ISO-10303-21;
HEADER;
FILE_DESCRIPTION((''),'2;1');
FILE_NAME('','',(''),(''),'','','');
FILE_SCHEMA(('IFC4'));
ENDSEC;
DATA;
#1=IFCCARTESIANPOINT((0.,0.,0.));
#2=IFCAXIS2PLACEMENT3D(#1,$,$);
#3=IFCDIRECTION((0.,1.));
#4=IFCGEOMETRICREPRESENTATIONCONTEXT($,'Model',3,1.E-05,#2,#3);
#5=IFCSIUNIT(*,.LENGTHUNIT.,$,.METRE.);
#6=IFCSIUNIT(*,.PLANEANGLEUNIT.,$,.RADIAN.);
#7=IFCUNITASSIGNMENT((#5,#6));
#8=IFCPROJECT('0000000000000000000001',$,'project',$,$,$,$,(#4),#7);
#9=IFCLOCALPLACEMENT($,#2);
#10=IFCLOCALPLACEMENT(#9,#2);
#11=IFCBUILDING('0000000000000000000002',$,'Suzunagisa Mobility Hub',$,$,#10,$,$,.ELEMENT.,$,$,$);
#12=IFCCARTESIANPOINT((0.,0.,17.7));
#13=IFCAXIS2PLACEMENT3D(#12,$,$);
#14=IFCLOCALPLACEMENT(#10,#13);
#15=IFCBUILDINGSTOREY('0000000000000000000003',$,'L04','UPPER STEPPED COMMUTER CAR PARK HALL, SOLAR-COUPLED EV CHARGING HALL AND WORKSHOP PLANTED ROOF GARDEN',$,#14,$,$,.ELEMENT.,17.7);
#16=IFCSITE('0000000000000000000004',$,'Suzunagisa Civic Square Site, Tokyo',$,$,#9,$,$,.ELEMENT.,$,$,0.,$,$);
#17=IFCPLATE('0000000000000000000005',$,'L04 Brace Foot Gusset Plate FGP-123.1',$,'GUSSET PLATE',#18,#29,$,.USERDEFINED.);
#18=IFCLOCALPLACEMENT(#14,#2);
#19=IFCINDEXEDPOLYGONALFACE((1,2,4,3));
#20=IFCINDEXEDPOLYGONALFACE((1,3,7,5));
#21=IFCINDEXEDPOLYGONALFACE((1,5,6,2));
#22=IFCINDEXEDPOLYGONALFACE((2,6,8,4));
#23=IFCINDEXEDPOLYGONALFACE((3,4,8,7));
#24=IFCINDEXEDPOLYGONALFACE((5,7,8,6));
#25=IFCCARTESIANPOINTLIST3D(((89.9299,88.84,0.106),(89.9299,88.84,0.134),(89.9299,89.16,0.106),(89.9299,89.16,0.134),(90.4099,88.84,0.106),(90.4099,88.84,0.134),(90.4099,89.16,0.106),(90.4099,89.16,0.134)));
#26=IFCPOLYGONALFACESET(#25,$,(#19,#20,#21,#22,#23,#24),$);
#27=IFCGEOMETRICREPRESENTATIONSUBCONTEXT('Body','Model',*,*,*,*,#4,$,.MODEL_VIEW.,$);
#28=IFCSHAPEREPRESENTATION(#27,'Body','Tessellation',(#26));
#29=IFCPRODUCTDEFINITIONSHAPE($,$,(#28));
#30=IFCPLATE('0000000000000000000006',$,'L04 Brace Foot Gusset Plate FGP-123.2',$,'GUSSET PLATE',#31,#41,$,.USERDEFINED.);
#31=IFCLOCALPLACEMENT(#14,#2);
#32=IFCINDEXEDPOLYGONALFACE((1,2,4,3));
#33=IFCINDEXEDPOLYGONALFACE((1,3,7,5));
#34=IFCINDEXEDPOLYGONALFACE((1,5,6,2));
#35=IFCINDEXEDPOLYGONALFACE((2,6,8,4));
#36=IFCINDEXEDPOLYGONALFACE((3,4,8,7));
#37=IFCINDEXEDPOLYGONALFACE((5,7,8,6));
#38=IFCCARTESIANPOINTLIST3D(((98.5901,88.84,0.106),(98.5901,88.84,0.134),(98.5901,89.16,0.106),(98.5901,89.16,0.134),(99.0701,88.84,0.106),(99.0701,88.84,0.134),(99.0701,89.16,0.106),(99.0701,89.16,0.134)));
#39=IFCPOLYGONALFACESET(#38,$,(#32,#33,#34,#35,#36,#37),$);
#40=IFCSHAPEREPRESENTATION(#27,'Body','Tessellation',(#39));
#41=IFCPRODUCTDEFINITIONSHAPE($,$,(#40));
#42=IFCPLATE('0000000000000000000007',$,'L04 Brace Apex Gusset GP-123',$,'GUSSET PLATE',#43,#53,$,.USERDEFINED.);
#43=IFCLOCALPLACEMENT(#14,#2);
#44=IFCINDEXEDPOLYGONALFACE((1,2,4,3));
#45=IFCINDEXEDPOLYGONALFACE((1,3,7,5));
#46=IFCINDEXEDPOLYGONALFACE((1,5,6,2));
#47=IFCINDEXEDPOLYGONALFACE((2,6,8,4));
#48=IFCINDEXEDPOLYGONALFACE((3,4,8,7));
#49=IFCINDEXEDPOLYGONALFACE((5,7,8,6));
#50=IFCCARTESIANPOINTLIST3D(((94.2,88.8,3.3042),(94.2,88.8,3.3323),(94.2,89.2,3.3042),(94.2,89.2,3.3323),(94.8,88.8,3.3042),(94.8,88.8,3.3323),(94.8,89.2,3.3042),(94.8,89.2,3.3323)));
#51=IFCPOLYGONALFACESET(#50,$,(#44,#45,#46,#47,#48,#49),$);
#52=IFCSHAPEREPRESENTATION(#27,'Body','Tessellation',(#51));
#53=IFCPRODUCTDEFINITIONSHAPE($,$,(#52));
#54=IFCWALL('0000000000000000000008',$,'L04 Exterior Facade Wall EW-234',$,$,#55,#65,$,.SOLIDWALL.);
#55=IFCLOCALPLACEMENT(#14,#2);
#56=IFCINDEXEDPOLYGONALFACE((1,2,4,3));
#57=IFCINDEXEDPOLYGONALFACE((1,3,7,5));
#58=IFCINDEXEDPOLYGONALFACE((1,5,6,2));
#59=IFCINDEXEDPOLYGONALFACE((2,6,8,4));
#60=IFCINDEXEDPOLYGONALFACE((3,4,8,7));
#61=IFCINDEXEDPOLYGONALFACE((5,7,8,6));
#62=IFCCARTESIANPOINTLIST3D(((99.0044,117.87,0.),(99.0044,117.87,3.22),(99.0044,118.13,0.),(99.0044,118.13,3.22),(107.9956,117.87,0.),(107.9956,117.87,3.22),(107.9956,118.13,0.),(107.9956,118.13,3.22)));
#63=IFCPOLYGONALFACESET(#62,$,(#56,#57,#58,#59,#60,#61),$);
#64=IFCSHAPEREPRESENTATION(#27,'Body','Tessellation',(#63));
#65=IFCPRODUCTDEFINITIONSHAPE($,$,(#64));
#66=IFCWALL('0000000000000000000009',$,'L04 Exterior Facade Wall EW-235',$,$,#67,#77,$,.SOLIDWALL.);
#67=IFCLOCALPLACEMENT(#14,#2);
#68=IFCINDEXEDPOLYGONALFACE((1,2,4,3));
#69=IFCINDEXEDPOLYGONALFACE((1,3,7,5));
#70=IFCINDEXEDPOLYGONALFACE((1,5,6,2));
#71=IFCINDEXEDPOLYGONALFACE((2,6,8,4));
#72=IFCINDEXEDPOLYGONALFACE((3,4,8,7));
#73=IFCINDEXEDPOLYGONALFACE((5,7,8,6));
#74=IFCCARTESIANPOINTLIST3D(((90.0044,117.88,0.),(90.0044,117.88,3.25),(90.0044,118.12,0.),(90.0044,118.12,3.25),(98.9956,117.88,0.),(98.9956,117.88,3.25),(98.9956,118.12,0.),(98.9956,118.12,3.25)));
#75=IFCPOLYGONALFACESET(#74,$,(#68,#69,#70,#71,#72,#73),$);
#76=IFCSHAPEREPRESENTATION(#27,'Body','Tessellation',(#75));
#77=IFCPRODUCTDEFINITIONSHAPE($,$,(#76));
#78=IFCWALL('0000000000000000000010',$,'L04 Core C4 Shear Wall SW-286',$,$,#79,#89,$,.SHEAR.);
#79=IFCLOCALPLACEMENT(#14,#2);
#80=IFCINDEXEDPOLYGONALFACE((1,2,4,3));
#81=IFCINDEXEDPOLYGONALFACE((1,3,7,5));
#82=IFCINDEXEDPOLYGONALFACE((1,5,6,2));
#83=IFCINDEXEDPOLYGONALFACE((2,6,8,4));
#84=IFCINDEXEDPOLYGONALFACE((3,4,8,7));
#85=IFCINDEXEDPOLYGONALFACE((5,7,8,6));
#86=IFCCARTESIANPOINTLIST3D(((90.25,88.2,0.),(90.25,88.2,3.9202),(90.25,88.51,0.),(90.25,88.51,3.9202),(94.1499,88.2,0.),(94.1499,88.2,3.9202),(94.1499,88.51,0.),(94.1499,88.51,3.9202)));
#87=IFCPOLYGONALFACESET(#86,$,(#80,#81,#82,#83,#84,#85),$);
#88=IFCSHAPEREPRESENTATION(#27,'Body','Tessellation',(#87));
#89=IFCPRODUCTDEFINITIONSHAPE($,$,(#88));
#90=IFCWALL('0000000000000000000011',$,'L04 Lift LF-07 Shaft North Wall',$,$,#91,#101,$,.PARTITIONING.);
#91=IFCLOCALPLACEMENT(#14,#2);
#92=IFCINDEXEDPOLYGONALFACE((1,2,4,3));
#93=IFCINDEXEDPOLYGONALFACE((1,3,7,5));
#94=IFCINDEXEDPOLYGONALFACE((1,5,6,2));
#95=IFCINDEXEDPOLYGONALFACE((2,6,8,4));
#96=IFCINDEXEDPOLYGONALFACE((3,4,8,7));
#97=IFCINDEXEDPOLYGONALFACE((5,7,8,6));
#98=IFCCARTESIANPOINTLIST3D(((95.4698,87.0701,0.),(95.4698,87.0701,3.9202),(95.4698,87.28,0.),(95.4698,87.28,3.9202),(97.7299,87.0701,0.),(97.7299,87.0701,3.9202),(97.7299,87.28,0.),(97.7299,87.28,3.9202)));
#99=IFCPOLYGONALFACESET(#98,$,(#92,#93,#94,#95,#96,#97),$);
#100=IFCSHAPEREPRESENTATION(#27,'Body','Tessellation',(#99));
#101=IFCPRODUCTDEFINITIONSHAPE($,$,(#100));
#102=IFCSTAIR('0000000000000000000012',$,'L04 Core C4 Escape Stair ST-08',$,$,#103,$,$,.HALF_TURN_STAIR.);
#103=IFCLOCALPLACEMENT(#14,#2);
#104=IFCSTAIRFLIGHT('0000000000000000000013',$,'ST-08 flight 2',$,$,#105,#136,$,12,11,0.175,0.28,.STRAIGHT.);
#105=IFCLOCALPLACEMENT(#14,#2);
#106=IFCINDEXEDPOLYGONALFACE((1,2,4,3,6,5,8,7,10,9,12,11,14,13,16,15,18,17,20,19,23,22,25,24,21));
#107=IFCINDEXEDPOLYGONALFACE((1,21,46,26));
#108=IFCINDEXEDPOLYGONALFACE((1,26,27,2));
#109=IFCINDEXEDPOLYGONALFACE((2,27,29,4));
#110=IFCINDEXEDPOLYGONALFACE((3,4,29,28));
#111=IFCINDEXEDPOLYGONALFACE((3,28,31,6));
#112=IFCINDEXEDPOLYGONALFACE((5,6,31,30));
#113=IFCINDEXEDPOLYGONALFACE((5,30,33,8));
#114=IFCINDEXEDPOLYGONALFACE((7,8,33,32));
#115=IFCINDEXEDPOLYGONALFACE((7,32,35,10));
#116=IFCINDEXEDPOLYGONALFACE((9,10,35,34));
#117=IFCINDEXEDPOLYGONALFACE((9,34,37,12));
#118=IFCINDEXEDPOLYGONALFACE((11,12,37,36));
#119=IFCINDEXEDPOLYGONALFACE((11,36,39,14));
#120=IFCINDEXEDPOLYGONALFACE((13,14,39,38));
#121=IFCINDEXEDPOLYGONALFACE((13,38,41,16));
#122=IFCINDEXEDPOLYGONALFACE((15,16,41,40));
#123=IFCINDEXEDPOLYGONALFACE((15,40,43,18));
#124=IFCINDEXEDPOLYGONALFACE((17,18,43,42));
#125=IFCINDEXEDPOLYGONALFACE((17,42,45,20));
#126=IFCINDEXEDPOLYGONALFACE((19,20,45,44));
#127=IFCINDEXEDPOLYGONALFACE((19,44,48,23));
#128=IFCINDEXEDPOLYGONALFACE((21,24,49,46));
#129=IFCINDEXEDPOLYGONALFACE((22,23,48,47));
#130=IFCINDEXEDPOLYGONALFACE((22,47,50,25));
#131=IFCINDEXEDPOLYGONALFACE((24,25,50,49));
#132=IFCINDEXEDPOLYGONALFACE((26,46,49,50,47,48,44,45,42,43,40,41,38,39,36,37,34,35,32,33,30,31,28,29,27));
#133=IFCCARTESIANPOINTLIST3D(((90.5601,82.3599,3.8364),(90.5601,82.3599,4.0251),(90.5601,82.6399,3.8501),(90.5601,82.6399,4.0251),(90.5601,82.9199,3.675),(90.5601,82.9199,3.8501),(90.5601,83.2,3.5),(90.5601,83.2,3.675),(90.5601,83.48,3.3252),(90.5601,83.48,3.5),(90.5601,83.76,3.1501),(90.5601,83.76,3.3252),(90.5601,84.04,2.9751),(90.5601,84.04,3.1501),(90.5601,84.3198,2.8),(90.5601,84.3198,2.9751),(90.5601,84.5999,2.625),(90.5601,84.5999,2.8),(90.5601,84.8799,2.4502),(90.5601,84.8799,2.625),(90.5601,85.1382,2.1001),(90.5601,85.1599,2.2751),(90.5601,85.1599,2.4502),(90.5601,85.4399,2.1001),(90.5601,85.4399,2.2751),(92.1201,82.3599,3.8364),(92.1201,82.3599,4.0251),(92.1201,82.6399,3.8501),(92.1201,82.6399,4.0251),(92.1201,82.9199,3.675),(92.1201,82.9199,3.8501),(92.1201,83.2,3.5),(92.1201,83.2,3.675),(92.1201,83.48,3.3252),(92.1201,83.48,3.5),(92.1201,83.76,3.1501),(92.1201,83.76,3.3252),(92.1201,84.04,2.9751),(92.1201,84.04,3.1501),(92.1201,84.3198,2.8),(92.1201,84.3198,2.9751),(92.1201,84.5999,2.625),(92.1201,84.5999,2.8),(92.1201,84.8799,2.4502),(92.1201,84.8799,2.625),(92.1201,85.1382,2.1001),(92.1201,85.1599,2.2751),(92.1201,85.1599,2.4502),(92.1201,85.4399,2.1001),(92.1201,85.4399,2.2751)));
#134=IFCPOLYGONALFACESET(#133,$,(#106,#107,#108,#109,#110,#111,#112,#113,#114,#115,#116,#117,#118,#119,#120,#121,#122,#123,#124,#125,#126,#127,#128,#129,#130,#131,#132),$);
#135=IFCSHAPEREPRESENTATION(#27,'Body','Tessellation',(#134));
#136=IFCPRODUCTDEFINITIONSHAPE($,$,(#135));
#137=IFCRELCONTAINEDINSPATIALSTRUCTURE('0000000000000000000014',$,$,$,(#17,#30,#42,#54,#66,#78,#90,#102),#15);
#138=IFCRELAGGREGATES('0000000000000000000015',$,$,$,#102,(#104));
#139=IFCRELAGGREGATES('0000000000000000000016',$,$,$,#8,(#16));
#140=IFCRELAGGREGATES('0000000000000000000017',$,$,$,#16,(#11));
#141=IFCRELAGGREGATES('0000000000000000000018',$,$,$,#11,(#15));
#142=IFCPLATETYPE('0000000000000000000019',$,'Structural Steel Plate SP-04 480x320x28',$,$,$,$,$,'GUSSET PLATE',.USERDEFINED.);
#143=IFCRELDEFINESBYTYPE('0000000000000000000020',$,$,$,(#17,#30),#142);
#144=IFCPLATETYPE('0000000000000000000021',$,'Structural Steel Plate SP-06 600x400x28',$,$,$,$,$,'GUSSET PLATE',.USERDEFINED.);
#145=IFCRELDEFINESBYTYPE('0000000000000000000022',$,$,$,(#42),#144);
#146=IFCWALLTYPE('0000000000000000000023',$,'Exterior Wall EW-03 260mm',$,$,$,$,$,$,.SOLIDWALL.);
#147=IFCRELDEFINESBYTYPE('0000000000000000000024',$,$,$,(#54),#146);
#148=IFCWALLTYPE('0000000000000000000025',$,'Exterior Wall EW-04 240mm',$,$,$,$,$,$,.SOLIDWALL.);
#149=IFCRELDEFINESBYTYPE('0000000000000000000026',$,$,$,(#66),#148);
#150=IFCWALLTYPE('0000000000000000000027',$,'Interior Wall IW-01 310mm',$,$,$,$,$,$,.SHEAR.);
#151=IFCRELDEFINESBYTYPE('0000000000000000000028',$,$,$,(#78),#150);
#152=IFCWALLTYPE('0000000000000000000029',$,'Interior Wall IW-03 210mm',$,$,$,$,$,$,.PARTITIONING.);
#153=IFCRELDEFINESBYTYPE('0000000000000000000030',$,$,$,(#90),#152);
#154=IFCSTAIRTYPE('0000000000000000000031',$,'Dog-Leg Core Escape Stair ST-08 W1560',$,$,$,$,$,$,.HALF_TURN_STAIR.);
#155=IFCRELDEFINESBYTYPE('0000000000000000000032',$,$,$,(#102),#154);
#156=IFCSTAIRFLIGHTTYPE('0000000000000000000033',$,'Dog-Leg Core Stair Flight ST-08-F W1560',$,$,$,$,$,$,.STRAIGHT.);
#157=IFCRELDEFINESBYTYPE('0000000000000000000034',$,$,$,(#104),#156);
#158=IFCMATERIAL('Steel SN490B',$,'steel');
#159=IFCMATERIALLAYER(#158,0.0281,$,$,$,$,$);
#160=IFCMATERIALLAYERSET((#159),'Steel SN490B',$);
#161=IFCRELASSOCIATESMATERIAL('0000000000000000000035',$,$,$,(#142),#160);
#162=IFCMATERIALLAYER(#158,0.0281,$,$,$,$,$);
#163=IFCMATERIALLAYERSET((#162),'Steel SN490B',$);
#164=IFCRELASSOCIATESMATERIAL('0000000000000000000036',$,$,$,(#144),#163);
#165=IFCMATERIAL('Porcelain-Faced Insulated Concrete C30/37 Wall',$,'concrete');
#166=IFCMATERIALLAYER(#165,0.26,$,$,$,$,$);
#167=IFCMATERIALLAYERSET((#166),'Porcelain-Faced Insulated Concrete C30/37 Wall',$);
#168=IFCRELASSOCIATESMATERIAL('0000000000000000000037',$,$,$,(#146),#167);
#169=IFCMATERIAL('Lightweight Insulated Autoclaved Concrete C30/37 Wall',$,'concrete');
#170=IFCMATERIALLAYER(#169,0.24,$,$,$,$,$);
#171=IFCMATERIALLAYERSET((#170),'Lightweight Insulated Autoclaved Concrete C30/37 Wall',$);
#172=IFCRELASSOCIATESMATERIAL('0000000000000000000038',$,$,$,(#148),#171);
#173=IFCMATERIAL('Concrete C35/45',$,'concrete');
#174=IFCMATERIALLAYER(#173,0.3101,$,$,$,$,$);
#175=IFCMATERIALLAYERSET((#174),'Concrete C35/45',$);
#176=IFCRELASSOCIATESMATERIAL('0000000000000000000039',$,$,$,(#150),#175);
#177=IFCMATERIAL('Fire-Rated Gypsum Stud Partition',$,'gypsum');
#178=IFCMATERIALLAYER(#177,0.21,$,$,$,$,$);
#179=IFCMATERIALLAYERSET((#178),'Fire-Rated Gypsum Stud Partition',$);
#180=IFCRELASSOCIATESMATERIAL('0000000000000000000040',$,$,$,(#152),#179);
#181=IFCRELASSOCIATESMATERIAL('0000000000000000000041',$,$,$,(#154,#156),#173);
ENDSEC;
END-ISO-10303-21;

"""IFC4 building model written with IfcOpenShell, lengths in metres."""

from ifc_helpers import new_model, si_unit, direction, frame, frame_2d, origin, origin_2d, place, context, subcontext, project, spatial, polyline, rectangle, outline, extrude, material, layer, layer_set, type_object, element, aggregate, save


model = new_model("IFC4")

# Units and contexts
model_context = context("Model", 3, precision=1e-05, world=origin(), true_north=direction((0.0, 1.0)))
body_context = subcontext(model_context, "Body", "Model", "MODEL_VIEW")
ifc_project = project(units=[si_unit("LENGTHUNIT", "METRE"), si_unit("PLANEANGLEUNIT", "RADIAN")], contexts=[model_context])

# Site, building, storey
site_placement = place(None, origin())
site = spatial("IfcSite", under=ifc_project, at=site_placement, Name="Suzunagisa Civic Square Site, Tokyo", CompositionType="ELEMENT", RefElevation=0.0)
building_placement = place(site_placement, origin())
building = spatial("IfcBuilding", under=site, at=building_placement, Name="Suzunagisa Mobility Hub", CompositionType="ELEMENT")
storey_placement = place(building_placement, frame((0.0, 0.0, 17.7)))
storey = spatial("IfcBuildingStorey", under=building, at=storey_placement, Name="L04", Description="UPPER STEPPED COMMUTER CAR PARK HALL, SOLAR-COUPLED EV CHARGING HALL AND WORKSHOP PLANTED ROOF GARDEN", CompositionType="ELEMENT", Elevation=17.7)

# Shared definitions
ifc_material_1 = material(Name="Steel SN490B", Category="steel")

# Plates
ifc_layer_1 = layer(ifc_material_1, 0.0281)
ifc_layer_set_1 = layer_set([ifc_layer_1], Name="Steel SN490B")
plate_type_1 = type_object("IfcPlateType", Name="Structural Steel Plate SP-04 480x320x28", ElementType="GUSSET PLATE", PredefinedType="USERDEFINED", material=ifc_layer_set_1)
for number, where, z_axis, x_axis, name in (
    (1, (90.1699, 89.0, 0.106), (0.0, 0.0, 1.0), (1.0, 0.0, 0.0), "L04 Brace Foot Gusset Plate FGP-123.1"),
    (2, (98.8301, 89.0, 0.106), (0.0, 0.0, 1.0), (1.0, 0.0, 0.0), "L04 Brace Foot Gusset Plate FGP-123.2"),
):
    element("IfcPlate", number, at=place(storey_placement, frame(where, z_axis=z_axis, x_axis=x_axis)), inside=storey, type_object=plate_type_1, Name=name, ObjectType="GUSSET PLATE", PredefinedType="USERDEFINED", context=body_context, shape_type="SweptSolid", body=[
        extrude(rectangle(XDim=0.48, YDim=0.3201, at=origin_2d()), origin(), (0.0, 0.0, 1.0), 0.0281),
    ])
ifc_layer_2 = layer(ifc_material_1, 0.0281)
ifc_layer_set_2 = layer_set([ifc_layer_2], Name="Steel SN490B")
plate_type_2 = type_object("IfcPlateType", Name="Structural Steel Plate SP-06 600x400x28", ElementType="GUSSET PLATE", PredefinedType="USERDEFINED", material=ifc_layer_set_2)
plate_placement = place(storey_placement, frame((94.5, 89.0, 3.3042), z_axis=(0.0, 0.0, 1.0), x_axis=(1.0, 0.0, 0.0)))
element("IfcPlate", 3, at=plate_placement, inside=storey, type_object=plate_type_2, Name="L04 Brace Apex Gusset GP-123", ObjectType="GUSSET PLATE", PredefinedType="USERDEFINED", context=body_context, shape_type="SweptSolid", body=[
    extrude(rectangle(XDim=0.6001, YDim=0.3999, at=origin_2d()), origin(), (0.0, 0.0, 1.0), 0.0281),
])

# Walls
ifc_material_2 = material(Name="Porcelain-Faced Insulated Concrete C30/37 Wall", Category="concrete")
ifc_layer_3 = layer(ifc_material_2, 0.26)
ifc_layer_set_3 = layer_set([ifc_layer_3], Name="Porcelain-Faced Insulated Concrete C30/37 Wall")
wall_type_1 = type_object("IfcWallType", Name="Exterior Wall EW-03 260mm", PredefinedType="SOLIDWALL", material=ifc_layer_set_3)
wall_1_placement = place(storey_placement, frame((107.9956, 118.0, 0.0), z_axis=(0.0, 0.0, 1.0), x_axis=(-1.0, 0.0, 0.0)))
element("IfcWall", 4, at=wall_1_placement, inside=storey, type_object=wall_type_1, Name="L04 Exterior Facade Wall EW-234", PredefinedType="SOLIDWALL", context=body_context, shape_type="SweptSolid", body=[
    extrude(rectangle(XDim=8.9912, YDim=0.26, at=frame_2d((4.4956, 0.0))), origin(), (0.0, 0.0, 1.0), 3.22),
])
ifc_material_3 = material(Name="Lightweight Insulated Autoclaved Concrete C30/37 Wall", Category="concrete")
ifc_layer_4 = layer(ifc_material_3, 0.24)
ifc_layer_set_4 = layer_set([ifc_layer_4], Name="Lightweight Insulated Autoclaved Concrete C30/37 Wall")
wall_type_2 = type_object("IfcWallType", Name="Exterior Wall EW-04 240mm", PredefinedType="SOLIDWALL", material=ifc_layer_set_4)
wall_2_placement = place(storey_placement, frame((98.9956, 118.0, 0.0), z_axis=(0.0, 0.0, 1.0), x_axis=(-1.0, 0.0, 0.0)))
element("IfcWall", 5, at=wall_2_placement, inside=storey, type_object=wall_type_2, Name="L04 Exterior Facade Wall EW-235", PredefinedType="SOLIDWALL", context=body_context, shape_type="SweptSolid", body=[
    extrude(rectangle(XDim=8.9912, YDim=0.24, at=frame_2d((4.4956, 0.0))), origin(), (0.0, 0.0, 1.0), 3.25),
])
ifc_material_4 = material(Name="Concrete C35/45", Category="concrete")
ifc_layer_5 = layer(ifc_material_4, 0.3101)
ifc_layer_set_5 = layer_set([ifc_layer_5], Name="Concrete C35/45")
wall_type_3 = type_object("IfcWallType", Name="Interior Wall IW-01 310mm", PredefinedType="SHEAR", material=ifc_layer_set_5)
wall_3_placement = place(storey_placement, frame((90.25, 88.355, 0.0), z_axis=(0.0, 0.0, 1.0), x_axis=(1.0, 0.0, 0.0)))
element("IfcWall", 6, at=wall_3_placement, inside=storey, type_object=wall_type_3, Name="L04 Core C4 Shear Wall SW-286", PredefinedType="SHEAR", context=body_context, shape_type="SweptSolid", body=[
    extrude(rectangle(XDim=3.8999, YDim=0.3101, at=frame_2d((1.95, 0.0))), origin(), (0.0, 0.0, 1.0), 3.9202),
])
ifc_material_5 = material(Name="Fire-Rated Gypsum Stud Partition", Category="gypsum")
ifc_layer_6 = layer(ifc_material_5, 0.21)
ifc_layer_set_6 = layer_set([ifc_layer_6], Name="Fire-Rated Gypsum Stud Partition")
wall_type_4 = type_object("IfcWallType", Name="Interior Wall IW-03 210mm", PredefinedType="PARTITIONING", material=ifc_layer_set_6)
wall_4_placement = place(storey_placement, frame((95.47, 87.175, 0.0), z_axis=(0.0, 0.0, 1.0), x_axis=(1.0, 0.0, 0.0)))
element("IfcWall", 7, at=wall_4_placement, inside=storey, type_object=wall_type_4, Name="L04 Lift LF-07 Shaft North Wall", PredefinedType="PARTITIONING", context=body_context, shape_type="SweptSolid", body=[
    extrude(rectangle(XDim=2.26, YDim=0.21, at=frame_2d((1.1299, 0.0))), origin(), (0.0, 0.0, 1.0), 3.9202),
])

# Stair, stair flight
stair_type = type_object("IfcStairType", Name="Dog-Leg Core Escape Stair ST-08 W1560", PredefinedType="HALF_TURN_STAIR", material=ifc_material_4)
stair_placement = place(storey_placement, origin())
stair = element("IfcStair", 8, at=stair_placement, inside=storey, type_object=stair_type, Name="L04 Core C4 Escape Stair ST-08", PredefinedType="HALF_TURN_STAIR")
stair_flight_type = type_object("IfcStairFlightType", Name="Dog-Leg Core Stair Flight ST-08-F W1560", PredefinedType="STRAIGHT", material=ifc_material_4)
stair_flight_placement = place(storey_placement, frame((91.3401, 85.4399, 2.1001), z_axis=(0.0, 0.0, 1.0), x_axis=(0.0, -1.0, 0.0)))
stair_flight = element("IfcStairFlight", 9, at=stair_flight_placement, type_object=stair_flight_type, Name="ST-08 flight 2", NumberOfRisers=12, NumberOfTreads=11, PredefinedType="STRAIGHT", RiserHeight=0.175, TreadLength=0.28, context=body_context, shape_type="SweptSolid", body=[
    extrude(outline(polyline([(0.0, 0.0), (0.0, 0.175), (0.28, 0.175), (0.28, 0.3501), (0.5601, 0.3501), (0.5601, 0.5249), (0.8401, 0.5249), (0.8401, 0.7), (1.1201, 0.7), (1.1201, 0.875), (1.3999, 0.875), (1.3999, 1.05), (1.6799, 1.05), (1.6799, 1.2251), (1.96, 1.2251), (1.96, 1.3999), (2.24, 1.3999), (2.24, 1.575), (2.52, 1.575), (2.52, 1.75), (2.8, 1.75), (2.8, 1.925), (3.0801, 1.925), (3.0801, 2.1001), (3.0801, 1.7363), (0.3018, 0.0), (0.0, 0.0)])), frame((0.0, 0.78, 0.0), z_axis=(0.0, -1.0, 0.0), x_axis=(1.0, 0.0, 0.0)), (0.0, 0.0, 1.0), 1.5601),
])
aggregate(stair, [stair_flight])

save(model, "model.ifc")
